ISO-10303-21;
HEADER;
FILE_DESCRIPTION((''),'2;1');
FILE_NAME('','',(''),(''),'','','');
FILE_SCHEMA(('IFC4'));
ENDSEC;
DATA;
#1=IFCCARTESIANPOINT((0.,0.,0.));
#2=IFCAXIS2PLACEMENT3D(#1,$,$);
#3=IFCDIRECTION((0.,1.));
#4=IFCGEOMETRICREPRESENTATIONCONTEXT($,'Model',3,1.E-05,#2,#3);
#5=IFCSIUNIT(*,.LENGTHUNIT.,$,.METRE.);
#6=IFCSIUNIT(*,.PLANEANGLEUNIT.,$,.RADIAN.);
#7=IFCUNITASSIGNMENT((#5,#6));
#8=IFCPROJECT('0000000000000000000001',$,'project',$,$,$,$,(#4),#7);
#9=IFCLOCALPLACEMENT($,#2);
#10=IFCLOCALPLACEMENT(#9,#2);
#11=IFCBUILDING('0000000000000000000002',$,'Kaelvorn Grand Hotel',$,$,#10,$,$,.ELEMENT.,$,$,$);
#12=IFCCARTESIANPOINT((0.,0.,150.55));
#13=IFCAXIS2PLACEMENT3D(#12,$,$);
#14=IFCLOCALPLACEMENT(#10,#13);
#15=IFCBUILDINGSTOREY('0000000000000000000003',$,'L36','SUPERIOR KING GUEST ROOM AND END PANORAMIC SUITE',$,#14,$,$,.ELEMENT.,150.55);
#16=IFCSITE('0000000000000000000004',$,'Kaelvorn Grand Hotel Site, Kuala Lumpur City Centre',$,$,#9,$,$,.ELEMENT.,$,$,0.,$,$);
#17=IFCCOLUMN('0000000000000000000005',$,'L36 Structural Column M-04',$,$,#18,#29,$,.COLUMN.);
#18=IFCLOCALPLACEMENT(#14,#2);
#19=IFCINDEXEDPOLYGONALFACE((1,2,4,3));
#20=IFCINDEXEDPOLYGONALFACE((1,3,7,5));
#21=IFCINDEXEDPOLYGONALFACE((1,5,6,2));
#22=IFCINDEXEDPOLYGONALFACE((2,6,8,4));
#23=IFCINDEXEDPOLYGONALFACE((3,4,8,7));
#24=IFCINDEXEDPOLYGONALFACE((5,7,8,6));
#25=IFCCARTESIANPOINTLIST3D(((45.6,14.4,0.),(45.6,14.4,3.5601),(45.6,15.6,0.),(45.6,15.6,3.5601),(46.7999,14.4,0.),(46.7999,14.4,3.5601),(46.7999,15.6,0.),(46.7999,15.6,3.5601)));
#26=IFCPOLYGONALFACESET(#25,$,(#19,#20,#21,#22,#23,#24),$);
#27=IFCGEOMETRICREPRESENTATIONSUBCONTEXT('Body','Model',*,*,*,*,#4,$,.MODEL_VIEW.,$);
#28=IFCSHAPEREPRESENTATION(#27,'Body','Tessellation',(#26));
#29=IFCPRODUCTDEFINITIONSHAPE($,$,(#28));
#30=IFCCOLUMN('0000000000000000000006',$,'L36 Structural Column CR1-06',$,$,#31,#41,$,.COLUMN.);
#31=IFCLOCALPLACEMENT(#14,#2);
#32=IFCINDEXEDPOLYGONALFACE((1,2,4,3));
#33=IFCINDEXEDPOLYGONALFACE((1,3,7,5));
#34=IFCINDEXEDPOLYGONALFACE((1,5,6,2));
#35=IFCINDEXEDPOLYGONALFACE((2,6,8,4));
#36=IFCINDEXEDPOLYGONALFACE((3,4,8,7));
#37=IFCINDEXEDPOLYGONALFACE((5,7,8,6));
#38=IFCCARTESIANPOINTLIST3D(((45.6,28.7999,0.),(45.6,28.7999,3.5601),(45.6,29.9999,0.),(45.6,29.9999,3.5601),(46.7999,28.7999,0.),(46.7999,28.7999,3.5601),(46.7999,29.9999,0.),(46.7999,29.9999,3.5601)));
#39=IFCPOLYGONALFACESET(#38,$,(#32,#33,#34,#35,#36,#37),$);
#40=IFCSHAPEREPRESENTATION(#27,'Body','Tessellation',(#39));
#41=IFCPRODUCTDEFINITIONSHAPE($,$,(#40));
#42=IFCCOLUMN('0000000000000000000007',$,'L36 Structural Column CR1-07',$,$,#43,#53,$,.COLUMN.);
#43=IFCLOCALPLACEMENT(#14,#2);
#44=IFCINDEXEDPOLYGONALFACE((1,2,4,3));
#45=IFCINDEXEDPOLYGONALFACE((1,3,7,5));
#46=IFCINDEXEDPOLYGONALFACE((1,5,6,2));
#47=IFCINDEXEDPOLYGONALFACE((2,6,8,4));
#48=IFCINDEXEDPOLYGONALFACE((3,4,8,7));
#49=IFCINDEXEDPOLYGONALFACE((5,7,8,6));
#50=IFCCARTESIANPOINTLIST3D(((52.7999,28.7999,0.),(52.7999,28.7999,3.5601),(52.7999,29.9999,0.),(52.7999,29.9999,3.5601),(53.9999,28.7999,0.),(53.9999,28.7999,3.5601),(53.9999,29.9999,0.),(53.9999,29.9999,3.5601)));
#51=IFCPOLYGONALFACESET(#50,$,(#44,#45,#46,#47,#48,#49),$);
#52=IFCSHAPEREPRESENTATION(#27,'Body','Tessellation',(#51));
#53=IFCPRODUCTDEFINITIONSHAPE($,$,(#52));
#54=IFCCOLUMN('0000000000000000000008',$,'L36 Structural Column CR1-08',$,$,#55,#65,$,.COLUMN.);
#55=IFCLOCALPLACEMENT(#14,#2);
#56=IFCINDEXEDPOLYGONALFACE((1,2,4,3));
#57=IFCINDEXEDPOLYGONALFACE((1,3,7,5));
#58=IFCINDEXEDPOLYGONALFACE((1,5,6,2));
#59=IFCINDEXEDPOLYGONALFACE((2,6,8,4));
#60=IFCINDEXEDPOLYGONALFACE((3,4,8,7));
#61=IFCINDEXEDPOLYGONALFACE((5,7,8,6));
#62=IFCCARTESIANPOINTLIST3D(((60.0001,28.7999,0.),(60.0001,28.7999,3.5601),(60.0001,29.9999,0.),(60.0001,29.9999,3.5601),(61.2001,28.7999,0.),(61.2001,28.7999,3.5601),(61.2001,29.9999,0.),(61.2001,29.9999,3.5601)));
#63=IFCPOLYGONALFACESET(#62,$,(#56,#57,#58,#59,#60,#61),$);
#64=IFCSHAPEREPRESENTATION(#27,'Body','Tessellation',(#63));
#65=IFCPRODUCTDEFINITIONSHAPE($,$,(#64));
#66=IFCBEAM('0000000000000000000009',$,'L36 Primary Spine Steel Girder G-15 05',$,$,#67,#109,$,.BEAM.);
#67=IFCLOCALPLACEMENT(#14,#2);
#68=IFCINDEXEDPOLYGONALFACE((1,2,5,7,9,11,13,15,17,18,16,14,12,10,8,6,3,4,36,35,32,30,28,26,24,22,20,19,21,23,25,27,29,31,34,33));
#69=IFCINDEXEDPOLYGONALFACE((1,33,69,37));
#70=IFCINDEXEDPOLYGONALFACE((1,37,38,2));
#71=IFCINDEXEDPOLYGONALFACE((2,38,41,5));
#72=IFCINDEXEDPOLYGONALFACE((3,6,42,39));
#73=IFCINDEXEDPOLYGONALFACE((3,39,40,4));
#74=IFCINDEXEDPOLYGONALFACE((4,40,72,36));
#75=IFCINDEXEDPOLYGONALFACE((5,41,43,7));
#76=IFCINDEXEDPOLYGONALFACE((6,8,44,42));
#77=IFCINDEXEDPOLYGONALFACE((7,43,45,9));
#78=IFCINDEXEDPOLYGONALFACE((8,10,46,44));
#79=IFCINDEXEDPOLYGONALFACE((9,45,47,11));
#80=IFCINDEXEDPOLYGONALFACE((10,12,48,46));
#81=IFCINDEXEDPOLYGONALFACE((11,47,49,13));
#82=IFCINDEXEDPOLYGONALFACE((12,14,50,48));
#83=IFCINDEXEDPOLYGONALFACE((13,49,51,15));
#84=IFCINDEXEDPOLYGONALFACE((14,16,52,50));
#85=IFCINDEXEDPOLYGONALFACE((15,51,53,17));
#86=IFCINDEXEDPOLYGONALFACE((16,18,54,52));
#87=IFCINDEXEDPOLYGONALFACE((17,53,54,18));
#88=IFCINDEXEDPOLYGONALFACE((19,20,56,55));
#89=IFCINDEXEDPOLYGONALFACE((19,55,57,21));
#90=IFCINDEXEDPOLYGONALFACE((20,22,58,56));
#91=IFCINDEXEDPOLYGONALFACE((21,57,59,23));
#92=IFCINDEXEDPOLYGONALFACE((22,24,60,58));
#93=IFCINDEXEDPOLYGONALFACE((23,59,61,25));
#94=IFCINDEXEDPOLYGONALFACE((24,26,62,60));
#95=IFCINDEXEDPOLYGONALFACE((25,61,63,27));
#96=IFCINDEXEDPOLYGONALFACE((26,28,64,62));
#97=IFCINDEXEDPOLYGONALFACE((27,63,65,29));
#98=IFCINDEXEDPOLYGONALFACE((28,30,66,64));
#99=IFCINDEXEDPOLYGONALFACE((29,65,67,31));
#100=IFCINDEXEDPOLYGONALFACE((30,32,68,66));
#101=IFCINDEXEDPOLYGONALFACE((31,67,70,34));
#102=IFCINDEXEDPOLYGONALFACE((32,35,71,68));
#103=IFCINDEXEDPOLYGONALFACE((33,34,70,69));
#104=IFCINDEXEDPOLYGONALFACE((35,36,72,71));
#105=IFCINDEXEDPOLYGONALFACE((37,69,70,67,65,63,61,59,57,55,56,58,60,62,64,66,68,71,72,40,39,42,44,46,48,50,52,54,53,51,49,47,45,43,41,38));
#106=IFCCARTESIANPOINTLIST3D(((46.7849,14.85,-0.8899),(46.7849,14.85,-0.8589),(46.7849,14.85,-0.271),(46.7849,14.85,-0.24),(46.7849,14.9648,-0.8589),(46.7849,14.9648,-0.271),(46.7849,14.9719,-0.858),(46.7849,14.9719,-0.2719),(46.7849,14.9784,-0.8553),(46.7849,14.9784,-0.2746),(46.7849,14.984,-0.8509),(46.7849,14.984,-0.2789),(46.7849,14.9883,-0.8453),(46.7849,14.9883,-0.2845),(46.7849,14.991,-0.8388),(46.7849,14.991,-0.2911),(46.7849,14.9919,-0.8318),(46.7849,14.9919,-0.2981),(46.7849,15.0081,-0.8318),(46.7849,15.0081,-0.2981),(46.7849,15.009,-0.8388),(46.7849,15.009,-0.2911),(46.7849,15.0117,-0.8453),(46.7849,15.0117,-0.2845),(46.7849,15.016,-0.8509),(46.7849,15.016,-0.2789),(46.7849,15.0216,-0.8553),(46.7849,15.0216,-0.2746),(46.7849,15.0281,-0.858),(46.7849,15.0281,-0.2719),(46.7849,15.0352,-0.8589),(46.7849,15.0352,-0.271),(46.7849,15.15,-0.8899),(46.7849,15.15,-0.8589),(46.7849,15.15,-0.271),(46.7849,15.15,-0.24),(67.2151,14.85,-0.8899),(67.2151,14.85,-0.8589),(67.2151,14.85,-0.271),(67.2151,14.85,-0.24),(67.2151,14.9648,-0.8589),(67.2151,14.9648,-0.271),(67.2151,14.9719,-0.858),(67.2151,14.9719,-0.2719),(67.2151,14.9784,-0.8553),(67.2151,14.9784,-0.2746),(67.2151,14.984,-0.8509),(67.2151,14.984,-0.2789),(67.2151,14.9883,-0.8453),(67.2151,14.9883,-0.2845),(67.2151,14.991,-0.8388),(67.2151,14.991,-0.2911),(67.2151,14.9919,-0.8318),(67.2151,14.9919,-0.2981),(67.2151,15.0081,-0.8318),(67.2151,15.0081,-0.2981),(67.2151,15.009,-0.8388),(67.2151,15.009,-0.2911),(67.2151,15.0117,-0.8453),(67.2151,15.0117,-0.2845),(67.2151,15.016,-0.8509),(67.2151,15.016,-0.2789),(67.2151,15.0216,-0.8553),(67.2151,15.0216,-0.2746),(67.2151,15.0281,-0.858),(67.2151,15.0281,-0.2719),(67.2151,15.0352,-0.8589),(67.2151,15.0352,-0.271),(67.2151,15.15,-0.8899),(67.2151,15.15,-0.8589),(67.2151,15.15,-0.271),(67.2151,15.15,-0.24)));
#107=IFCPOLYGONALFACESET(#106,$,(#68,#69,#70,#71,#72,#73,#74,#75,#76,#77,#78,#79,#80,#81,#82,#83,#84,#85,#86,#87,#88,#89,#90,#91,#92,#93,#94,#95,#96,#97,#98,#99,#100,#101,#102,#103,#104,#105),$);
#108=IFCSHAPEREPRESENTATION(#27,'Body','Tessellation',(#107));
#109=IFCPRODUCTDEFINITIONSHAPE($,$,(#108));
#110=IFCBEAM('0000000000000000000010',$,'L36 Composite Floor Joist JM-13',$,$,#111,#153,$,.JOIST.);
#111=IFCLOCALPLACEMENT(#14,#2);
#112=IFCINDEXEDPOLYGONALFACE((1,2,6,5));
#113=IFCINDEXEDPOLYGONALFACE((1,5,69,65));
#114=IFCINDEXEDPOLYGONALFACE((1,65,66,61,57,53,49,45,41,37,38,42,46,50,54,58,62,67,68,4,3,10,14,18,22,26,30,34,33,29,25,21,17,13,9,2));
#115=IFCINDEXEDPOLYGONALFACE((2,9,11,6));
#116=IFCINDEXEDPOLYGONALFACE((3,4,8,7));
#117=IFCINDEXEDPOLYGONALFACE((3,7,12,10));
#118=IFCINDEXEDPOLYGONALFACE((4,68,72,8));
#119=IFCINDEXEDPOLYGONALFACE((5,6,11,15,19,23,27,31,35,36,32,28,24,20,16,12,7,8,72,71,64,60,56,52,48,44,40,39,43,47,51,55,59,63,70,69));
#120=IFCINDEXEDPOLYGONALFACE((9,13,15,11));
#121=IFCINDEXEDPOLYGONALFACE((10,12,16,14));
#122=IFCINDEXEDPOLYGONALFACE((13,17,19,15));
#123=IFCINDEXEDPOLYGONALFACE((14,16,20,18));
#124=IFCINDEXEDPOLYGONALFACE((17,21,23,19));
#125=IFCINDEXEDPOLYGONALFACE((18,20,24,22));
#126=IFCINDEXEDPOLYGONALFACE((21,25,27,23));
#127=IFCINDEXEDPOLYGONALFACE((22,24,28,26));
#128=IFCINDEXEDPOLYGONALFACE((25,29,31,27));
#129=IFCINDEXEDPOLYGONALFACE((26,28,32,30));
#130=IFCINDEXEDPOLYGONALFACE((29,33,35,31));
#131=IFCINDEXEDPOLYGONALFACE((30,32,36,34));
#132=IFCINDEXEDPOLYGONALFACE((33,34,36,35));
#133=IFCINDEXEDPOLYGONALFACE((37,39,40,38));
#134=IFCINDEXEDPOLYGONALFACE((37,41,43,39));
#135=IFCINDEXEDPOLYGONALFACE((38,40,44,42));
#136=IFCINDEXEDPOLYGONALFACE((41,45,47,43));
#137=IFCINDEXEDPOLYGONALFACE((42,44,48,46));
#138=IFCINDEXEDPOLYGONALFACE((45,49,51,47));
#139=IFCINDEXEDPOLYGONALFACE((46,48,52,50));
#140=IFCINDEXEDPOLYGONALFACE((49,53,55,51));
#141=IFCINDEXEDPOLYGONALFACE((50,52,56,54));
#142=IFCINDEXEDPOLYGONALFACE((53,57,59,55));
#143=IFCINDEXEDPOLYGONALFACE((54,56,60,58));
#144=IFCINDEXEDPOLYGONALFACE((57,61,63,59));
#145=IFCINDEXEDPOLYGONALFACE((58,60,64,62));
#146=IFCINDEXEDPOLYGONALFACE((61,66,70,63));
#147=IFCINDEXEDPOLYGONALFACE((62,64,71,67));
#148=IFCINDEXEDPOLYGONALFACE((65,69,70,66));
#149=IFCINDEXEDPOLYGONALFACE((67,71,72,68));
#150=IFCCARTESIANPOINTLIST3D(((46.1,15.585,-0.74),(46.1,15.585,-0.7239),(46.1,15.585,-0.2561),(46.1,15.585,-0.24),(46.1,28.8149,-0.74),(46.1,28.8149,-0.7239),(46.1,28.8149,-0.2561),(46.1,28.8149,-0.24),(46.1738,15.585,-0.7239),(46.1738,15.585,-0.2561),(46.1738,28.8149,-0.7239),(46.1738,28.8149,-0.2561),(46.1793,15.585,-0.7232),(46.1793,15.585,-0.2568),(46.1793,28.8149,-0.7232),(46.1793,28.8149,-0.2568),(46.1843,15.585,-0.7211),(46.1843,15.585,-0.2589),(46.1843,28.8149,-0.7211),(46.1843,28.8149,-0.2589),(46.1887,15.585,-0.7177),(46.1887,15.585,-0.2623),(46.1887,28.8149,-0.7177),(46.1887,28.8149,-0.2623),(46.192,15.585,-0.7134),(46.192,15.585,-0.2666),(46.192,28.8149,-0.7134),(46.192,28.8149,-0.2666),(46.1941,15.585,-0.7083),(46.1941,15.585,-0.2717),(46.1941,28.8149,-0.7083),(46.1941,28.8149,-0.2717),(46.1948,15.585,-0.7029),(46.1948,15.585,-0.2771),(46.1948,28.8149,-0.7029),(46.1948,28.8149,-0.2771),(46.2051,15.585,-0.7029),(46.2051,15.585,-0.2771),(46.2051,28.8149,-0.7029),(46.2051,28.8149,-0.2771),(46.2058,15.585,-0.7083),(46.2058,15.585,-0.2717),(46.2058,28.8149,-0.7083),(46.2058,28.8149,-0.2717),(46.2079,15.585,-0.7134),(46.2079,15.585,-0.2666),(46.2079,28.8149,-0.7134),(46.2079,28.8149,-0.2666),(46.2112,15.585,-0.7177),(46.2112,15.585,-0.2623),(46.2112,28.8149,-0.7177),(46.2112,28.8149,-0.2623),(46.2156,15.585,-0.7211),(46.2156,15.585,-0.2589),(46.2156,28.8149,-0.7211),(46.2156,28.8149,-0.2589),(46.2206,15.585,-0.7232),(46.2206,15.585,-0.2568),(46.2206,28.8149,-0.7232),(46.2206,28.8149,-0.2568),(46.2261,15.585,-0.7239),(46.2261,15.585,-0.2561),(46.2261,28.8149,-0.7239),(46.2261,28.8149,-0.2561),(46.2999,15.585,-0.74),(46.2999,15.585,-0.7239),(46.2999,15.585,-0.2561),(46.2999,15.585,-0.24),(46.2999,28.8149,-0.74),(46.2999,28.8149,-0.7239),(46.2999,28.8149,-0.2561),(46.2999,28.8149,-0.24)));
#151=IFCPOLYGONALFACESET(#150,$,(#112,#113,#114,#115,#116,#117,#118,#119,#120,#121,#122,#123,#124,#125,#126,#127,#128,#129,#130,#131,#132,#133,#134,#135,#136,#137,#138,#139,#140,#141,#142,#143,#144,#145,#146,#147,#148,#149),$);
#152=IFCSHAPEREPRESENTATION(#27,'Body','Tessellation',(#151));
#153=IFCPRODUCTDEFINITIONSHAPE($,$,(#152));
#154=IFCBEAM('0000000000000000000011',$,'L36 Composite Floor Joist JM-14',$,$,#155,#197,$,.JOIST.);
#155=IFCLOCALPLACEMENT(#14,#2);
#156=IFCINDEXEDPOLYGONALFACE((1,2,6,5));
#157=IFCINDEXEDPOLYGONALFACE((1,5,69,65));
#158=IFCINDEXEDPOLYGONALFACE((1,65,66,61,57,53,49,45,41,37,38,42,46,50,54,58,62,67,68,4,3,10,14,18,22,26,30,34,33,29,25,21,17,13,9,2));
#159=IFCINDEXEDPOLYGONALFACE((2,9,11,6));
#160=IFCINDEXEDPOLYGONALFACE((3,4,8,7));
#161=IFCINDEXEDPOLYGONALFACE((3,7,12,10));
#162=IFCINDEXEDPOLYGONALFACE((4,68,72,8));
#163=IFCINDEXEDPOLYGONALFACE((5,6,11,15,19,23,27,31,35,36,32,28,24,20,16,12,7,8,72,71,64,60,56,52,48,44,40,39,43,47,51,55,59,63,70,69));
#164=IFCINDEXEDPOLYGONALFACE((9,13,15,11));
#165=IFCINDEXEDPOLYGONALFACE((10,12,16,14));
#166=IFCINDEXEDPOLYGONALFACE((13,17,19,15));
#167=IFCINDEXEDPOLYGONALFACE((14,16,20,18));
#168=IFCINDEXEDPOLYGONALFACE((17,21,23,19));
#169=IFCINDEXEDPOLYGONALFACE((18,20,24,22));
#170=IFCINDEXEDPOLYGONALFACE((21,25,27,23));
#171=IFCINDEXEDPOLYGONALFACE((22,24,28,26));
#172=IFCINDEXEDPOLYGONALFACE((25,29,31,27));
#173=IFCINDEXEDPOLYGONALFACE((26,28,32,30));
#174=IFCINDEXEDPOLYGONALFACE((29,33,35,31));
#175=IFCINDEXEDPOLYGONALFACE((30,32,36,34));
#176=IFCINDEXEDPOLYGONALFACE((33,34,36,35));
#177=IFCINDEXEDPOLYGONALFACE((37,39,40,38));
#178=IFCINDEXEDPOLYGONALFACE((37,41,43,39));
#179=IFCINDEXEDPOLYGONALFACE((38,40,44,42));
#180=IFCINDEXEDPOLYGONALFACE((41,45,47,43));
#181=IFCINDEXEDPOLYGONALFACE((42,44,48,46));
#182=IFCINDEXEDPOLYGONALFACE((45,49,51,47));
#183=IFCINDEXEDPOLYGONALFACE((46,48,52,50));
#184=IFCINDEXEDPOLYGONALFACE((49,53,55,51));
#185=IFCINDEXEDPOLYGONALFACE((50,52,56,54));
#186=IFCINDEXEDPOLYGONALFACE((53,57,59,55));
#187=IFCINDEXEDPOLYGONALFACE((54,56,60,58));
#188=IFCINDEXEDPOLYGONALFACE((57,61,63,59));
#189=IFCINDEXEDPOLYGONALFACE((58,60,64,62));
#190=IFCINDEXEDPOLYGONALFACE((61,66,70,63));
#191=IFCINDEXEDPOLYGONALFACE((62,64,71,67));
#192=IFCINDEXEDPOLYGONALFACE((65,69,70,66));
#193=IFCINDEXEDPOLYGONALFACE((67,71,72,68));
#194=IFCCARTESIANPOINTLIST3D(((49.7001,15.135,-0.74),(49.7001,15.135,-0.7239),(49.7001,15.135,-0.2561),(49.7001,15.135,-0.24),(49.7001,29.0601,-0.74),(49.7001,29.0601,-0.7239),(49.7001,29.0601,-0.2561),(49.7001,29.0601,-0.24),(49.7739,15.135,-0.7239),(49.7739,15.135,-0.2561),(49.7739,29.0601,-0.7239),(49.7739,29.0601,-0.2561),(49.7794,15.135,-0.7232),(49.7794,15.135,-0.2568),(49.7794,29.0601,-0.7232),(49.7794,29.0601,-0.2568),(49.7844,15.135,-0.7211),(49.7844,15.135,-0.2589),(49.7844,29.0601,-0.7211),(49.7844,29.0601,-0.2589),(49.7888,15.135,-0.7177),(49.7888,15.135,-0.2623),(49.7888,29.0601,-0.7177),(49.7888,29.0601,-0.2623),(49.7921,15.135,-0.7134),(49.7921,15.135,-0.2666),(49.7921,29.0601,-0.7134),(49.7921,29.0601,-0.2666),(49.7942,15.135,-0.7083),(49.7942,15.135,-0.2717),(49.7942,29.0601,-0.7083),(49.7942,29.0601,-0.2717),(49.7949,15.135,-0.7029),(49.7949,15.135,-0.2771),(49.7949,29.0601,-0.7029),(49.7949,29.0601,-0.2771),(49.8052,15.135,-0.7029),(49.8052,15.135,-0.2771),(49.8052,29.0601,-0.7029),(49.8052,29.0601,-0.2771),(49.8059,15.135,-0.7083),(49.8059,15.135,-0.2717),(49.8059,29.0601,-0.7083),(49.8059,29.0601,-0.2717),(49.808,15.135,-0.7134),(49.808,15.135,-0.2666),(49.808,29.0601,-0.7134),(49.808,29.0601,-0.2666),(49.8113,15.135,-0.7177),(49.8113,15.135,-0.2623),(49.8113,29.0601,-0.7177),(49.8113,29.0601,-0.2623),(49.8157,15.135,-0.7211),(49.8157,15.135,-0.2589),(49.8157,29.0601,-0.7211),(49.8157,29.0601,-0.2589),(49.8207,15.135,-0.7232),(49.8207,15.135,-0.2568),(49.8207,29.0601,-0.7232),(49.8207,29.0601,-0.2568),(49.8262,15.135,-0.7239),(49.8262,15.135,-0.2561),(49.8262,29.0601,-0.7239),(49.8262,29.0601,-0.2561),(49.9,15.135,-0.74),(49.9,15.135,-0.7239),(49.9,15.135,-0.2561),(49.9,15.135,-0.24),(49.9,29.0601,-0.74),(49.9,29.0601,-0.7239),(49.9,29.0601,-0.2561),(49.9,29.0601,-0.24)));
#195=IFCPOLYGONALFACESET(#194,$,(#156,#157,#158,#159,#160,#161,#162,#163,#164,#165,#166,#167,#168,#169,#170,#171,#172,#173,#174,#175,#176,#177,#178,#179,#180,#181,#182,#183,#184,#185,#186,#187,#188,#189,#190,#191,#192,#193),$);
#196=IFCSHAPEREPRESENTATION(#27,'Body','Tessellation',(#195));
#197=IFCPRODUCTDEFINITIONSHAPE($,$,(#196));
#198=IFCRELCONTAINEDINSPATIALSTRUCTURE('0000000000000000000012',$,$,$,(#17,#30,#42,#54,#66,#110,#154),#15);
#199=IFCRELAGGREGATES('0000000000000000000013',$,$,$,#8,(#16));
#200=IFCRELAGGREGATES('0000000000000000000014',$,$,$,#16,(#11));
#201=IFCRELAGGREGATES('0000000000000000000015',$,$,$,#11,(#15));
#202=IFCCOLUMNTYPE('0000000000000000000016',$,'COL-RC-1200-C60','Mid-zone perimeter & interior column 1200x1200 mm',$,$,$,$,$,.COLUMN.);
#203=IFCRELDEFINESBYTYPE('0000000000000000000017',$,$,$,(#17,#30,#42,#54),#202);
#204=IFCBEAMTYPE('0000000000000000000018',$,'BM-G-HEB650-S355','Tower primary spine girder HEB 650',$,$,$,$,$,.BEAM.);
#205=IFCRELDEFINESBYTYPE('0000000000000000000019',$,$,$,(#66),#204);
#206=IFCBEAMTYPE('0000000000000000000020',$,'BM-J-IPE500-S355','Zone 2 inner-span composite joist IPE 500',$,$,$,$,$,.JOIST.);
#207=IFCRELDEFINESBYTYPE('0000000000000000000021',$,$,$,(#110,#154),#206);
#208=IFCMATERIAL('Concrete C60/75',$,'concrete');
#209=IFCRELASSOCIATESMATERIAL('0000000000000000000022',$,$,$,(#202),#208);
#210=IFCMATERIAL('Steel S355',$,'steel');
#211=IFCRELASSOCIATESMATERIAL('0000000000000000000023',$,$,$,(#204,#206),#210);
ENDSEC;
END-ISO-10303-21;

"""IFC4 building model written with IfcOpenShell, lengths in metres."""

from ifc_helpers import new_model, si_unit, direction, frame, origin, origin_2d, place, context, subcontext, project, spatial, rectangle, i_section, extrude, material, material_profile, profile_set, type_object, element, save


model = new_model("IFC4")

# Units and contexts
model_context = context("Model", 3, precision=1e-05, world=origin(), true_north=direction((0.0, 1.0)))
body_context = subcontext(model_context, "Body", "Model", "MODEL_VIEW")
ifc_project = project(units=[si_unit("LENGTHUNIT", "METRE"), si_unit("PLANEANGLEUNIT", "RADIAN")], contexts=[model_context])

# Site, building, storey
site_placement = place(None, origin())
site = spatial("IfcSite", under=ifc_project, at=site_placement, Name="Kaelvorn Grand Hotel Site, Kuala Lumpur City Centre", CompositionType="ELEMENT", RefElevation=0.0)
building_placement = place(site_placement, origin())
building = spatial("IfcBuilding", under=site, at=building_placement, Name="Kaelvorn Grand Hotel", CompositionType="ELEMENT")
storey_placement = place(building_placement, frame((0.0, 0.0, 150.55)))
storey = spatial("IfcBuildingStorey", under=building, at=storey_placement, Name="L36", Description="SUPERIOR KING GUEST ROOM AND END PANORAMIC SUITE", CompositionType="ELEMENT", Elevation=150.55)

# Columns
ifc_material_1 = material(Name="Concrete C60/75", Category="concrete")
ifc_material_profile_1 = material_profile(ifc_material_1, rectangle(XDim=1.2, YDim=1.2, at=origin_2d()), Name="RC COL 1200x1200")
ifc_profile_set_1 = profile_set([ifc_material_profile_1], Name="Concrete C60/75")
column_type = type_object("IfcColumnType", Name="COL-RC-1200-C60", Description="Mid-zone perimeter & interior column 1200x1200 mm", PredefinedType="COLUMN", material=ifc_profile_set_1)
for number, where, z_axis, x_axis, name in (
    (1, (46.2, 15.0, 0.0), (0.0, 0.0, 1.0), (1.0, 0.0, 0.0), "L36 Structural Column M-04"),
    (2, (46.2, 29.3999, 0.0), (0.0, 0.0, 1.0), (1.0, 0.0, 0.0), "L36 Structural Column CR1-06"),
    (3, (53.3999, 29.3999, 0.0), (0.0, 0.0, 1.0), (1.0, 0.0, 0.0), "L36 Structural Column CR1-07"),
    (4, (60.6001, 29.3999, 0.0), (0.0, 0.0, 1.0), (1.0, 0.0, 0.0), "L36 Structural Column CR1-08"),
):
    element("IfcColumn", number, at=place(storey_placement, frame(where, z_axis=z_axis, x_axis=x_axis)), inside=storey, type_object=column_type, Name=name, PredefinedType="COLUMN", context=body_context, shape_type="SweptSolid", body=[
        extrude(rectangle(XDim=1.2, YDim=1.2, at=origin_2d()), origin(), (0.0, 0.0, 1.0), 3.5601),
    ])

# Beams
ifc_material_2 = material(Name="Steel S355", Category="steel")
ifc_material_profile_2 = material_profile(ifc_material_2, i_section(OverallWidth=0.3, OverallDepth=0.6499, WebThickness=0.0161, FlangeThickness=0.031, FilletRadius=0.0271, at=origin_2d()), Name="HEB 650")
ifc_profile_set_2 = profile_set([ifc_material_profile_2], Name="Steel S355")
beam_type_1 = type_object("IfcBeamType", Name="BM-G-HEB650-S355", Description="Tower primary spine girder HEB 650", PredefinedType="BEAM", material=ifc_profile_set_2)
beam_1_placement = place(storey_placement, frame((46.7849, 15.0, -0.5649), z_axis=(1.0, 0.0, 0.0), x_axis=(0.0, 1.0, 0.0)))
element("IfcBeam", 5, at=beam_1_placement, inside=storey, type_object=beam_type_1, Name="L36 Primary Spine Steel Girder G-15 05", PredefinedType="BEAM", context=body_context, shape_type="SweptSolid", body=[
    extrude(i_section(OverallWidth=0.3, OverallDepth=0.6499, WebThickness=0.0161, FlangeThickness=0.031, FilletRadius=0.0271, at=origin_2d()), origin(), (0.0, 0.0, 1.0), 20.4302),
])
ifc_material_profile_3 = material_profile(ifc_material_2, i_section(OverallWidth=0.2, OverallDepth=0.5, WebThickness=0.0103, FlangeThickness=0.0161, FilletRadius=0.021, at=origin_2d()), Name="IPE 500")
ifc_profile_set_3 = profile_set([ifc_material_profile_3], Name="Steel S355")
beam_type_2 = type_object("IfcBeamType", Name="BM-J-IPE500-S355", Description="Zone 2 inner-span composite joist IPE 500", PredefinedType="JOIST", material=ifc_profile_set_3)
beam_2_placement = place(storey_placement, frame((46.2, 15.585, -0.49), z_axis=(0.0, 1.0, 0.0), x_axis=(-1.0, 0.0, 0.0)))
element("IfcBeam", 6, at=beam_2_placement, inside=storey, type_object=beam_type_2, Name="L36 Composite Floor Joist JM-13", PredefinedType="JOIST", context=body_context, shape_type="SweptSolid", body=[
    extrude(i_section(OverallWidth=0.2, OverallDepth=0.5, WebThickness=0.0103, FlangeThickness=0.0161, FilletRadius=0.021, at=origin_2d()), origin(), (0.0, 0.0, 1.0), 13.23),
])
beam_3_placement = place(storey_placement, frame((49.8, 15.135, -0.49), z_axis=(0.0, 1.0, 0.0), x_axis=(-1.0, 0.0, 0.0)))
element("IfcBeam", 7, at=beam_3_placement, inside=storey, type_object=beam_type_2, Name="L36 Composite Floor Joist JM-14", PredefinedType="JOIST", context=body_context, shape_type="SweptSolid", body=[
    extrude(i_section(OverallWidth=0.2, OverallDepth=0.5, WebThickness=0.0103, FlangeThickness=0.0161, FilletRadius=0.021, at=origin_2d()), origin(), (0.0, 0.0, 1.0), 13.925),
])

save(model, "model.ifc")
